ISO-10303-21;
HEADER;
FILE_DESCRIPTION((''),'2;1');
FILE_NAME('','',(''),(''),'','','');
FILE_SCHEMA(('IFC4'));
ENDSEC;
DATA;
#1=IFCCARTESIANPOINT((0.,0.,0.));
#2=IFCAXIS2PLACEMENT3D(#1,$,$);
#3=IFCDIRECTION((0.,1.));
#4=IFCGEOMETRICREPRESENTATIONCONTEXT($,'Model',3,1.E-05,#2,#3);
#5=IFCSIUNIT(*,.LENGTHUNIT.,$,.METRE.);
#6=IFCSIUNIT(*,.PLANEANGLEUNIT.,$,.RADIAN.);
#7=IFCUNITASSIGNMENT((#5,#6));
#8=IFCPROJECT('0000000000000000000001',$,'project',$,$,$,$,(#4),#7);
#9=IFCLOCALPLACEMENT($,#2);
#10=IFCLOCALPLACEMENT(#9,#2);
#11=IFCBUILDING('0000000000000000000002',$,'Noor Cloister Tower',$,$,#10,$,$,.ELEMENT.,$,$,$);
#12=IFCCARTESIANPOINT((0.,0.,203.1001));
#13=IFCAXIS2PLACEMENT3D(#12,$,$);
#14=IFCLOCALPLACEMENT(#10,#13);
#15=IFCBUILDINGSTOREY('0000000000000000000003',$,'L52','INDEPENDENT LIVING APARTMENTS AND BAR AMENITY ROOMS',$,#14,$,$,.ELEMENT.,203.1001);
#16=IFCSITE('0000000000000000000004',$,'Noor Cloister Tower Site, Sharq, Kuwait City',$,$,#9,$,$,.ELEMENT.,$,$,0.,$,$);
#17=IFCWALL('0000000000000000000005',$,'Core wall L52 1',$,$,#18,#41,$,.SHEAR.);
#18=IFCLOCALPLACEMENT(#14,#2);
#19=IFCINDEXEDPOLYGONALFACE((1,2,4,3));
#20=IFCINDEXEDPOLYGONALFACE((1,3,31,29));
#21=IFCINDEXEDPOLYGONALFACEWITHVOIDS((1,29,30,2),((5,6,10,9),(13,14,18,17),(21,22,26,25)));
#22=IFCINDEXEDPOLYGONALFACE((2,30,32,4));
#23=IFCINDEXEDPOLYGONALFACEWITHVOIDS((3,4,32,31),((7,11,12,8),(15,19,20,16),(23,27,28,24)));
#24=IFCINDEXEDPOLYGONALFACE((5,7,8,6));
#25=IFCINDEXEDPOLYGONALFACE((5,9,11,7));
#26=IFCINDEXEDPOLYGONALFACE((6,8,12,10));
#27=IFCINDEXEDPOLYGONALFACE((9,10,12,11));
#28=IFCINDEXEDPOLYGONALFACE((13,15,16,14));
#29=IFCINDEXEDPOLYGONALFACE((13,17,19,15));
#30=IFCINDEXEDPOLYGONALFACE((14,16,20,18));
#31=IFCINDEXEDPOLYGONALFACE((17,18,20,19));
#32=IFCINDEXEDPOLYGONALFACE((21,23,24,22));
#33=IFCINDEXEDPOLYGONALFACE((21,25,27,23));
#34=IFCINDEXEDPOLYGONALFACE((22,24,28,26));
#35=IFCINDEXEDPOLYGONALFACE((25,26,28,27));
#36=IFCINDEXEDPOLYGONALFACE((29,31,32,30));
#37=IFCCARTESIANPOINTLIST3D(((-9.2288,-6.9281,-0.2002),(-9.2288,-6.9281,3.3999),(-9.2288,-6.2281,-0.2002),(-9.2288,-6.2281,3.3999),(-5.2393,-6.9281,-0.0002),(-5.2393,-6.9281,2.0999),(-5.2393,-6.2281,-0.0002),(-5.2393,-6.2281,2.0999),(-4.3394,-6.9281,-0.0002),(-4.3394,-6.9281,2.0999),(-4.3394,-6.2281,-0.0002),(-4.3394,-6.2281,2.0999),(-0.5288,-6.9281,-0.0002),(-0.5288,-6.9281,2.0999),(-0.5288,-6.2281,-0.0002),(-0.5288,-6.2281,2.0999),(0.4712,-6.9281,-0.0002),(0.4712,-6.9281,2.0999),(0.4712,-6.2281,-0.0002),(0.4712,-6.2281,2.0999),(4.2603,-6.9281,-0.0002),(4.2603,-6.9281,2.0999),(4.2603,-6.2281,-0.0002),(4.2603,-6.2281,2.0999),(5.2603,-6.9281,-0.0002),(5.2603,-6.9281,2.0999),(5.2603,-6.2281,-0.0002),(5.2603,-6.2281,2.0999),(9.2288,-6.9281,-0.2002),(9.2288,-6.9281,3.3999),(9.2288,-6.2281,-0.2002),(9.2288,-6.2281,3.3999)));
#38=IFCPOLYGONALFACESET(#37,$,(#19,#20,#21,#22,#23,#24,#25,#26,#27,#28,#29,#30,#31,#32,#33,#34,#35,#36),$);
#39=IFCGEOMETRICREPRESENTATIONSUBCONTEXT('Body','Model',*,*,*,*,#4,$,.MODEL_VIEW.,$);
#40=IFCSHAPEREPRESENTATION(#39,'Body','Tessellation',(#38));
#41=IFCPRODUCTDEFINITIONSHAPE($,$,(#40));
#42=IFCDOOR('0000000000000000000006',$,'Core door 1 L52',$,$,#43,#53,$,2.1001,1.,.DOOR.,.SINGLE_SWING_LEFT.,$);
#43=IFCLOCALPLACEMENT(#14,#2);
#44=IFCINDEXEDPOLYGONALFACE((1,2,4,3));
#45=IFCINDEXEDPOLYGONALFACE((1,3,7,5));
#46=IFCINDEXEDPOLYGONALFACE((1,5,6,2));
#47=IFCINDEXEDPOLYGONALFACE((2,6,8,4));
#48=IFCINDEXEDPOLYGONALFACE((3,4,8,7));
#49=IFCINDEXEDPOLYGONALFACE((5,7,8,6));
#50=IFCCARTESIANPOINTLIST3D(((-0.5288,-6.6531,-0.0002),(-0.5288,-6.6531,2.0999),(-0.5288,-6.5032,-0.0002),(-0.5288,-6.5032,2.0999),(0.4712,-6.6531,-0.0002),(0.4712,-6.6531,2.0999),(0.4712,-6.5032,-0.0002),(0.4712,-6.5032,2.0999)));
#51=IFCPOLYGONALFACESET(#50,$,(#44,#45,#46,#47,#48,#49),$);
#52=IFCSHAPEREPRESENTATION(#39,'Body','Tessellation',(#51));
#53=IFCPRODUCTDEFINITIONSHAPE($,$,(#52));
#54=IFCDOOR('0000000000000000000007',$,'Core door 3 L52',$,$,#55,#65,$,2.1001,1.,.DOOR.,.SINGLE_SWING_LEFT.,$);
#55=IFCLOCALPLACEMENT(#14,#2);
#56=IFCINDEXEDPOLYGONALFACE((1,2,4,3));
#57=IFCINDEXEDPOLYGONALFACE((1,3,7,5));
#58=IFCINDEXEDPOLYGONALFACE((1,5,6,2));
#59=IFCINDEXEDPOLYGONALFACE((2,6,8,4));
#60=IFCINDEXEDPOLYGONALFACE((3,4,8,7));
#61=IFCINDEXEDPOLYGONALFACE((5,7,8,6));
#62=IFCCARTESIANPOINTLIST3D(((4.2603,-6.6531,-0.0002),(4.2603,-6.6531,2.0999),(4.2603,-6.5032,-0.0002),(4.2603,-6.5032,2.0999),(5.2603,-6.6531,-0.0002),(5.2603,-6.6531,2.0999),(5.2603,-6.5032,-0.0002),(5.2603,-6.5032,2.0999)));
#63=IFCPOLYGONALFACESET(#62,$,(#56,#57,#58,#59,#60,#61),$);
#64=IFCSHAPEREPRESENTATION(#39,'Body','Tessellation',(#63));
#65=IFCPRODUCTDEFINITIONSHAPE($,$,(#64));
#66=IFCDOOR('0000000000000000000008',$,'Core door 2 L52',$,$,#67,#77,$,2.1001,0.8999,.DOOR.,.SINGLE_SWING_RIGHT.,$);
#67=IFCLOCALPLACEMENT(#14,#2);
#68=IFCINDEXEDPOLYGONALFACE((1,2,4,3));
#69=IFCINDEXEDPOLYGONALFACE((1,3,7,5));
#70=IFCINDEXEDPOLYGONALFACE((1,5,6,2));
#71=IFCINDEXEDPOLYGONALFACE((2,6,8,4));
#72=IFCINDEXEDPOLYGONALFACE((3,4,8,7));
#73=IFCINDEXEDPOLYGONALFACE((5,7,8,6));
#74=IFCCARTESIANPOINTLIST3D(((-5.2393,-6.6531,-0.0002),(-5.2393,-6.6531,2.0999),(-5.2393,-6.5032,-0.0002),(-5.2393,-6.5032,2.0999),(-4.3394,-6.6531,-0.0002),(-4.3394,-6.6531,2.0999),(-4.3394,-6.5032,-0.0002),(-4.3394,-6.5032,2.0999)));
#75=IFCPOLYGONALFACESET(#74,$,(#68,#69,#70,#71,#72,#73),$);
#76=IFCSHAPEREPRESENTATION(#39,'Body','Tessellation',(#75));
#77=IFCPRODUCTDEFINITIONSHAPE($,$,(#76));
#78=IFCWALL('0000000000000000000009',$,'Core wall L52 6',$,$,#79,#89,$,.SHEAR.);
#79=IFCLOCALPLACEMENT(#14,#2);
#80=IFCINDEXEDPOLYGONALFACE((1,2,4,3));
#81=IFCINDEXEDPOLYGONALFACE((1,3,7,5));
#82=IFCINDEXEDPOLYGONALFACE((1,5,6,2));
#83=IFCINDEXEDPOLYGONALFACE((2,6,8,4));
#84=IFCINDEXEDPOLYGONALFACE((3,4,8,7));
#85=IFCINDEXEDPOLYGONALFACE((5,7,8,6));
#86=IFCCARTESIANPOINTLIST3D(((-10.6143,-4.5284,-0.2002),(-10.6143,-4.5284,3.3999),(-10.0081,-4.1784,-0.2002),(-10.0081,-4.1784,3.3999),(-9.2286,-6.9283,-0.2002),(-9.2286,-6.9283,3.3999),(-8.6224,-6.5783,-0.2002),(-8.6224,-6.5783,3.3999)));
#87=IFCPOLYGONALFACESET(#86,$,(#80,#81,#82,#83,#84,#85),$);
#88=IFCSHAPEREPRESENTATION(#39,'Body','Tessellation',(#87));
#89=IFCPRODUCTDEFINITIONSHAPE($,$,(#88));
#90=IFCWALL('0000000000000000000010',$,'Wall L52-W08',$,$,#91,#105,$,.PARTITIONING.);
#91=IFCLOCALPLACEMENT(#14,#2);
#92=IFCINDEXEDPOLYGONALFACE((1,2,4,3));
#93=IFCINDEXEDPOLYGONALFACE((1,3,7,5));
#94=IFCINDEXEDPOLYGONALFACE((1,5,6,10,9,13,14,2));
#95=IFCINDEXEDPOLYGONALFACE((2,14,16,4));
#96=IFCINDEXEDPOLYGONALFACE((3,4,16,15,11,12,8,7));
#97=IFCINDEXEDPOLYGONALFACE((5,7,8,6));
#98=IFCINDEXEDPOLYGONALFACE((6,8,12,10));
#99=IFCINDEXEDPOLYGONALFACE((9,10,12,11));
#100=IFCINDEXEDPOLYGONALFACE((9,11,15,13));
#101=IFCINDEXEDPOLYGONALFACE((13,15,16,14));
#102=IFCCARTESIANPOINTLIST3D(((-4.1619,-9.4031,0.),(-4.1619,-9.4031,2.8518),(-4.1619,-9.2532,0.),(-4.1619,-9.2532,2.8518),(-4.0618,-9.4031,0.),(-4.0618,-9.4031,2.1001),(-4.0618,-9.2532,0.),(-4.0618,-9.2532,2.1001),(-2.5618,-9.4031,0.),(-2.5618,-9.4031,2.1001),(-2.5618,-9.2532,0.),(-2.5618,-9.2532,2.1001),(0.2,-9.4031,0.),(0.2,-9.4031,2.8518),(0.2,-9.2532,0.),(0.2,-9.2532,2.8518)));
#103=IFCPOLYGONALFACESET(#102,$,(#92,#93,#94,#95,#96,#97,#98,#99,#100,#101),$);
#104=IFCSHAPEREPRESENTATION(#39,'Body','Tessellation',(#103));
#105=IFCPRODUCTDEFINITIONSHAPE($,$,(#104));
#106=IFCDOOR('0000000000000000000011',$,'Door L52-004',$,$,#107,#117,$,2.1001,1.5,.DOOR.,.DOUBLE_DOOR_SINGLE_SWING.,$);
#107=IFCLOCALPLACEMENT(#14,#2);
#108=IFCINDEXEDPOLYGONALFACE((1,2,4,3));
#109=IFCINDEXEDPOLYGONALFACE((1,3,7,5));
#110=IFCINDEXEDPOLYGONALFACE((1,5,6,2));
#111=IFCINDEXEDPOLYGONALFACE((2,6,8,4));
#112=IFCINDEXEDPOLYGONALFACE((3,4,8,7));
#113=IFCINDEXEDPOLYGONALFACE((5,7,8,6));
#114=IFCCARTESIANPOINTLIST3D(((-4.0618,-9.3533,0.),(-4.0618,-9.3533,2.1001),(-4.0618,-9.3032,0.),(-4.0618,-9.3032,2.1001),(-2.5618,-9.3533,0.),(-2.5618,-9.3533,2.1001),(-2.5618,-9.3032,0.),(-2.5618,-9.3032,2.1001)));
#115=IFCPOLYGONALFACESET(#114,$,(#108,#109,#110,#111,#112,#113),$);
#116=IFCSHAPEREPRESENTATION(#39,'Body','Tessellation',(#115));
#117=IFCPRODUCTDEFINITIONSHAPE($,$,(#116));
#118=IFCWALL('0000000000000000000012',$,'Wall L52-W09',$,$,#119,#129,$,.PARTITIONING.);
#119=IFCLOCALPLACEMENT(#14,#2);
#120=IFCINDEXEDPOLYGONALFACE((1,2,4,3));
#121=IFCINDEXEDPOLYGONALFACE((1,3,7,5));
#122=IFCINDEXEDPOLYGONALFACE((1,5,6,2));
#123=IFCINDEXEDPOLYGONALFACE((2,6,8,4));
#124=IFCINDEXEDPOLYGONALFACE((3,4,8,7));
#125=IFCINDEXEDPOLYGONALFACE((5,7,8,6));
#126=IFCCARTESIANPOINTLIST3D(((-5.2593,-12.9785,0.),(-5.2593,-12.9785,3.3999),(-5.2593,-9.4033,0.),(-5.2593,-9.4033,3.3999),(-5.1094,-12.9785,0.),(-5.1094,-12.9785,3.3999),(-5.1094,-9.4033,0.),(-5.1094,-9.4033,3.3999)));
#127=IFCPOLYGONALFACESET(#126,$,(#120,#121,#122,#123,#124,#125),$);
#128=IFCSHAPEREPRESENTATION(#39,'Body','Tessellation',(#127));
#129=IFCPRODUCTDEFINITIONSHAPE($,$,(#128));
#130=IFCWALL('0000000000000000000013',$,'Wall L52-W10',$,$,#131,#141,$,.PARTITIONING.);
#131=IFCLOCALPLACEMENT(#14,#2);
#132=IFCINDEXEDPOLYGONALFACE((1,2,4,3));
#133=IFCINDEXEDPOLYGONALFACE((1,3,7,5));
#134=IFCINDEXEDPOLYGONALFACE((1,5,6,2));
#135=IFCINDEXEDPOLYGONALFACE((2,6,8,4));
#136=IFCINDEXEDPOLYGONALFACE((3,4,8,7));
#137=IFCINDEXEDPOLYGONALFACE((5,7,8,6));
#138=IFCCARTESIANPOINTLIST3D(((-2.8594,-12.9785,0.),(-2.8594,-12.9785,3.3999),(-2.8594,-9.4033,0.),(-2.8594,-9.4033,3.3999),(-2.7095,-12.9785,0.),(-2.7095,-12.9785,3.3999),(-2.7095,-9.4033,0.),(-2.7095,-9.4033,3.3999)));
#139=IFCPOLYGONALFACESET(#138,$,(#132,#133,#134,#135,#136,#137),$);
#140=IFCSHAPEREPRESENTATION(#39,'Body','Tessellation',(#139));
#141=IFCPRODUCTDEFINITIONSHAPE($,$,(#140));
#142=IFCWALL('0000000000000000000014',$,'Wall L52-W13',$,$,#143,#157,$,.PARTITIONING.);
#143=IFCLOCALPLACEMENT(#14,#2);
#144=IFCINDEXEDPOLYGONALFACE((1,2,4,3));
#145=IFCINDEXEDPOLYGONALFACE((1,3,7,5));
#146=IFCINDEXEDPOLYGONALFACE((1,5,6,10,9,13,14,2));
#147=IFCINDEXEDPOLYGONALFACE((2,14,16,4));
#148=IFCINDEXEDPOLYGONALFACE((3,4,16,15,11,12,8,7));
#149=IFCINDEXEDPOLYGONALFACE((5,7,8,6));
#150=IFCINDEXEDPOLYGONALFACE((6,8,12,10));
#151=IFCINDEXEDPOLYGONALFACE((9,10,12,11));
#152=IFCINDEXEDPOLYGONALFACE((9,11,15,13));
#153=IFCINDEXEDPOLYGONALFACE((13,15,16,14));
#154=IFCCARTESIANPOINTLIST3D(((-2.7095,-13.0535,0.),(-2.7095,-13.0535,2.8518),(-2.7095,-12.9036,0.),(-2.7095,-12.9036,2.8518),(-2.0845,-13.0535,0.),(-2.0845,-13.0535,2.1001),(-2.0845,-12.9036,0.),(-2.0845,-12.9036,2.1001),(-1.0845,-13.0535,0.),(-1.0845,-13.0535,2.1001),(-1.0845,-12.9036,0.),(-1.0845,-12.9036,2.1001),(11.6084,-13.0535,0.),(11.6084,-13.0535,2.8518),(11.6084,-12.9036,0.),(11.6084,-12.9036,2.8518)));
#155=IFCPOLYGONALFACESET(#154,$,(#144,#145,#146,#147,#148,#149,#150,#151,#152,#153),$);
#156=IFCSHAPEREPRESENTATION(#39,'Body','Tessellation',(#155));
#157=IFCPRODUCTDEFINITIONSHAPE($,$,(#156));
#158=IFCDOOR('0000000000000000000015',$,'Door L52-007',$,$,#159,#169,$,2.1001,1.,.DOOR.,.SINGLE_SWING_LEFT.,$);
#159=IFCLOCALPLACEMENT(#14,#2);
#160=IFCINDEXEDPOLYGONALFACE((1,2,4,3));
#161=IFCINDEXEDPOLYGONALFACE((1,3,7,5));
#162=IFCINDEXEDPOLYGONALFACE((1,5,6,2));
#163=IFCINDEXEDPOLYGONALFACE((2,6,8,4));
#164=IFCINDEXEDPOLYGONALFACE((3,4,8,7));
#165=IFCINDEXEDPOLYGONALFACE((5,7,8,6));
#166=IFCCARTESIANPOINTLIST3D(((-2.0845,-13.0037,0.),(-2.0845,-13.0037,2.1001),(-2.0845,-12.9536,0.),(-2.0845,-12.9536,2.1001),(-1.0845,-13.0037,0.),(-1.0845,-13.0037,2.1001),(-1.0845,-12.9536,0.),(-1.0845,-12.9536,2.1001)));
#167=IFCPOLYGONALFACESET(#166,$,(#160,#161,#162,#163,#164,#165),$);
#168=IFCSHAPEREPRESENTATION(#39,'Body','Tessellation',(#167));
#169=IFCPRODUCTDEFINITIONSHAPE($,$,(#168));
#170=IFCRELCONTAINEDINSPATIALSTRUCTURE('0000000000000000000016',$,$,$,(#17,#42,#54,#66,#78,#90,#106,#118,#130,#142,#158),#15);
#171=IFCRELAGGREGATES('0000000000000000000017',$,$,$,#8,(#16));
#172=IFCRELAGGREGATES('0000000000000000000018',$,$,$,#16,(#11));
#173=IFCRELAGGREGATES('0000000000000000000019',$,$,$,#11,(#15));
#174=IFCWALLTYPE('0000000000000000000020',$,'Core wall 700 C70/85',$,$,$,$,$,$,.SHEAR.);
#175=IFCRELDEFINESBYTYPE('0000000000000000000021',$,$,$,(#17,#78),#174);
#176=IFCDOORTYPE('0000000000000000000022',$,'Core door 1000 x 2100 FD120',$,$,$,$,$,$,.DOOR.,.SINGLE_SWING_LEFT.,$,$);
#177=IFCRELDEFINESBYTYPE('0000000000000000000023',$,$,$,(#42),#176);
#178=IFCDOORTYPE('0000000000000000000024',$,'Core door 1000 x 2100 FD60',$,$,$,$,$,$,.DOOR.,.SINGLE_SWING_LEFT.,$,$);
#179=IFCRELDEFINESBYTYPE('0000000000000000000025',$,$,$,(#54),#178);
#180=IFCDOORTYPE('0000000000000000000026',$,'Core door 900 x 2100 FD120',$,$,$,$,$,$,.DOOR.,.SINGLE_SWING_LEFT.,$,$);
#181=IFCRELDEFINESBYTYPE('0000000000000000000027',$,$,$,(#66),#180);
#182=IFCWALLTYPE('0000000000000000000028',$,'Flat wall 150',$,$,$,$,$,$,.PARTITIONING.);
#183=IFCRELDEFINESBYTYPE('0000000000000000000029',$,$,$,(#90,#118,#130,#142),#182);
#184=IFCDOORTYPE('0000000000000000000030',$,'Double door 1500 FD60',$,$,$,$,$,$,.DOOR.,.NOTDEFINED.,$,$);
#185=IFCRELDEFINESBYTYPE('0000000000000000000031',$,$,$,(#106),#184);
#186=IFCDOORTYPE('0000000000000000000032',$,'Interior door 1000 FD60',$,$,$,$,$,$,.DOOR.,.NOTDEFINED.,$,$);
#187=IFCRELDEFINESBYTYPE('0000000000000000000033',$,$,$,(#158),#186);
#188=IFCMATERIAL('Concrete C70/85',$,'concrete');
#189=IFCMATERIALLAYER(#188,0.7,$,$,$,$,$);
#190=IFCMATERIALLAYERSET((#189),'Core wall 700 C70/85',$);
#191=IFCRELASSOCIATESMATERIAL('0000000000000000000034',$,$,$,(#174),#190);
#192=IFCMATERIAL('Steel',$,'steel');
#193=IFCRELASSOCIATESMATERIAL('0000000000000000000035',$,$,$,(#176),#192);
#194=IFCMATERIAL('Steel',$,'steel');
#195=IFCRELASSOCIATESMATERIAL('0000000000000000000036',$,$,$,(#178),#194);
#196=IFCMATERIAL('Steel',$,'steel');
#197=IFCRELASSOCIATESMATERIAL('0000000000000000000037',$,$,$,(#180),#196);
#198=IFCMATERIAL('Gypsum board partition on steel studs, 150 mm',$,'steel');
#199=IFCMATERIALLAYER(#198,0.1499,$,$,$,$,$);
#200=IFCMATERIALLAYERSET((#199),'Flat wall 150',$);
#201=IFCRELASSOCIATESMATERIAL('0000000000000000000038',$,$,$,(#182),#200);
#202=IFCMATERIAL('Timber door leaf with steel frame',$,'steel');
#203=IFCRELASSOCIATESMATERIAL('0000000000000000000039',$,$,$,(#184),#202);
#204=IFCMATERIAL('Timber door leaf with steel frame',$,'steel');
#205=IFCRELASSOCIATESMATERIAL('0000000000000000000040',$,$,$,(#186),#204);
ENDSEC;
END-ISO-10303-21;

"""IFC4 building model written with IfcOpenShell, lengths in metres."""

from ifc_helpers import new_model, si_unit, direction, frame, frame_2d, origin, place, context, subcontext, project, spatial, rectangle, extrude, material, layer, layer_set, type_object, element, fill, save


model = new_model("IFC4")

# Units and contexts
model_context = context("Model", 3, precision=1e-05, world=origin(), true_north=direction((0.0, 1.0)))
body_context = subcontext(model_context, "Body", "Model", "MODEL_VIEW")
ifc_project = project(units=[si_unit("LENGTHUNIT", "METRE"), si_unit("PLANEANGLEUNIT", "RADIAN")], contexts=[model_context])

# Site, building, storey
site_placement = place(None, origin())
site = spatial("IfcSite", under=ifc_project, at=site_placement, Name="Noor Cloister Tower Site, Sharq, Kuwait City", CompositionType="ELEMENT", RefElevation=0.0)
building_placement = place(site_placement, origin())
building = spatial("IfcBuilding", under=site, at=building_placement, Name="Noor Cloister Tower", CompositionType="ELEMENT")
storey_placement = place(building_placement, frame((0.0, 0.0, 203.1001)))
storey = spatial("IfcBuildingStorey", under=building, at=storey_placement, Name="L52", Description="INDEPENDENT LIVING APARTMENTS AND BAR AMENITY ROOMS", CompositionType="ELEMENT", Elevation=203.1001)

# Wall, openings, doors
ifc_material_1 = material(Name="Concrete C70/85", Category="concrete")
ifc_layer_1 = layer(ifc_material_1, 0.7)
ifc_layer_set_1 = layer_set([ifc_layer_1], Name="Core wall 700 C70/85")
wall_type_1 = type_object("IfcWallType", Name="Core wall 700 C70/85", PredefinedType="SHEAR", material=ifc_layer_set_1)
wall_1_placement = place(storey_placement, frame((-9.2288, -6.5781, -0.2002), z_axis=(0.0, 0.0, 1.0), x_axis=(1.0, 0.0, 0.0)))
wall_1 = element("IfcWall", 1, at=wall_1_placement, inside=storey, type_object=wall_type_1, Name="Core wall L52 1", PredefinedType="SHEAR", context=body_context, shape_type="SweptSolid", body=[
    extrude(rectangle(XDim=18.4575, YDim=0.7, at=frame_2d((9.2288, 0.0))), origin(), (0.0, 0.0, 1.0), 3.6001),
])
opening_1_placement = place(wall_1_placement, frame((8.7, 0.0, 0.2)))
opening_1 = element("IfcOpeningElement", 2, at=opening_1_placement, cuts=wall_1, PredefinedType="OPENING", context=body_context, shape_type="SweptSolid", body=[
    extrude(rectangle(XDim=1.0, YDim=2.1001, at=frame_2d((0.5, 1.05))), frame((0.0, 0.3599, 0.0), z_axis=(0.0, -1.0, 0.0), x_axis=(1.0, 0.0, 0.0)), (0.0, 0.0, 1.0), 0.72),
])
opening_2_placement = place(wall_1_placement, frame((3.9895, 0.0, 0.2)))
opening_2 = element("IfcOpeningElement", 3, at=opening_2_placement, cuts=wall_1, PredefinedType="OPENING", context=body_context, shape_type="SweptSolid", body=[
    extrude(rectangle(XDim=0.8999, YDim=2.1001, at=frame_2d((0.45, 1.05))), frame((0.0, 0.3599, 0.0), z_axis=(0.0, -1.0, 0.0), x_axis=(1.0, 0.0, 0.0)), (0.0, 0.0, 1.0), 0.72),
])
opening_3_placement = place(wall_1_placement, frame((13.489, 0.0, 0.2)))
opening_3 = element("IfcOpeningElement", 4, at=opening_3_placement, cuts=wall_1, PredefinedType="OPENING", context=body_context, shape_type="SweptSolid", body=[
    extrude(rectangle(XDim=1.0, YDim=2.1001, at=frame_2d((0.5, 1.05))), frame((0.0, 0.3599, 0.0), z_axis=(0.0, -1.0, 0.0), x_axis=(1.0, 0.0, 0.0)), (0.0, 0.0, 1.0), 0.72),
])
ifc_material_2 = material(Name="Steel", Category="steel")
door_type_1 = type_object("IfcDoorType", Name="Core door 1000 x 2100 FD120", OperationType="SINGLE_SWING_LEFT", PredefinedType="DOOR", material=ifc_material_2)
door_1_placement = place(opening_1_placement, origin())
door_1 = element("IfcDoor", 5, at=door_1_placement, inside=storey, type_object=door_type_1, Name="Core door 1 L52", OperationType="SINGLE_SWING_LEFT", OverallHeight=2.1001, OverallWidth=1.0, PredefinedType="DOOR", context=body_context, shape_type="SweptSolid", body=[
    extrude(rectangle(XDim=1.0, YDim=2.1001, at=frame_2d((0.5, 1.05))), frame((0.0, 0.075, 0.0), z_axis=(0.0, -1.0, 0.0), x_axis=(1.0, 0.0, 0.0)), (0.0, 0.0, 1.0), 0.1499),
])
fill(opening_1, door_1)
ifc_material_3 = material(Name="Steel", Category="steel")
door_type_2 = type_object("IfcDoorType", Name="Core door 1000 x 2100 FD60", OperationType="SINGLE_SWING_LEFT", PredefinedType="DOOR", material=ifc_material_3)
door_2_placement = place(opening_3_placement, origin())
door_2 = element("IfcDoor", 6, at=door_2_placement, inside=storey, type_object=door_type_2, Name="Core door 3 L52", OperationType="SINGLE_SWING_LEFT", OverallHeight=2.1001, OverallWidth=1.0, PredefinedType="DOOR", context=body_context, shape_type="SweptSolid", body=[
    extrude(rectangle(XDim=1.0, YDim=2.1001, at=frame_2d((0.5, 1.05))), frame((0.0, 0.075, 0.0), z_axis=(0.0, -1.0, 0.0), x_axis=(1.0, 0.0, 0.0)), (0.0, 0.0, 1.0), 0.1499),
])
fill(opening_3, door_2)
ifc_material_4 = material(Name="Steel", Category="steel")
door_type_3 = type_object("IfcDoorType", Name="Core door 900 x 2100 FD120", OperationType="SINGLE_SWING_LEFT", PredefinedType="DOOR", material=ifc_material_4)
door_3_placement = place(opening_2_placement, origin())
door_3 = element("IfcDoor", 7, at=door_3_placement, inside=storey, type_object=door_type_3, Name="Core door 2 L52", OperationType="SINGLE_SWING_RIGHT", OverallHeight=2.1001, OverallWidth=0.8999, PredefinedType="DOOR", context=body_context, shape_type="SweptSolid", body=[
    extrude(rectangle(XDim=0.8999, YDim=2.1001, at=frame_2d((0.45, 1.05))), frame((0.0, 0.075, 0.0), z_axis=(0.0, -1.0, 0.0), x_axis=(1.0, 0.0, 0.0)), (0.0, 0.0, 1.0), 0.1499),
])
fill(opening_2, door_3)

# Wall
wall_2_placement = place(storey_placement, frame((-10.3113, -4.3533, -0.2002), z_axis=(0.0, 0.0, 1.0), x_axis=(0.500043, -0.866001, 0.0)))
element("IfcWall", 8, at=wall_2_placement, inside=storey, type_object=wall_type_1, Name="Core wall L52 6", PredefinedType="SHEAR", context=body_context, shape_type="SweptSolid", body=[
    extrude(rectangle(XDim=2.7712, YDim=0.7, at=frame_2d((1.3857, 0.0))), origin(), (0.0, 0.0, 1.0), 3.6001),
])

# Wall, opening, door
ifc_material_5 = material(Name="Gypsum board partition on steel studs, 150 mm", Category="steel")
ifc_layer_2 = layer(ifc_material_5, 0.1499)
ifc_layer_set_2 = layer_set([ifc_layer_2], Name="Flat wall 150")
wall_type_2 = type_object("IfcWallType", Name="Flat wall 150", PredefinedType="PARTITIONING", material=ifc_layer_set_2)
wall_3_placement = place(storey_placement, frame((-4.1619, -9.3281, 0.0), z_axis=(0.0, 0.0, 1.0), x_axis=(1.0, 0.0, 0.0)))
wall_3 = element("IfcWall", 9, at=wall_3_placement, inside=storey, type_object=wall_type_2, Name="Wall L52-W08", PredefinedType="PARTITIONING", context=body_context, shape_type="SweptSolid", body=[
    extrude(rectangle(XDim=4.3618, YDim=0.1499, at=frame_2d((2.1809, 0.0))), origin(), (0.0, 0.0, 1.0), 2.8518),
])
opening_4_placement = place(wall_3_placement, frame((0.1001, 0.0, 0.0)))
opening_4 = element("IfcOpeningElement", 10, at=opening_4_placement, cuts=wall_3, PredefinedType="OPENING", context=body_context, shape_type="SweptSolid", body=[
    extrude(rectangle(XDim=1.5, YDim=2.1001, at=frame_2d((0.75, 1.05))), frame((0.0, 0.085, 0.0), z_axis=(0.0, -1.0, 0.0), x_axis=(1.0, 0.0, 0.0)), (0.0, 0.0, 1.0), 0.1699),
])
ifc_material_6 = material(Name="Timber door leaf with steel frame", Category="steel")
door_type_4 = type_object("IfcDoorType", Name="Double door 1500 FD60", OperationType="NOTDEFINED", PredefinedType="DOOR", material=ifc_material_6)
door_4_placement = place(opening_4_placement, origin())
door_4 = element("IfcDoor", 11, at=door_4_placement, inside=storey, type_object=door_type_4, Name="Door L52-004", OperationType="DOUBLE_DOOR_SINGLE_SWING", OverallHeight=2.1001, OverallWidth=1.5, PredefinedType="DOOR", context=body_context, shape_type="SweptSolid", body=[
    extrude(rectangle(XDim=1.5, YDim=2.1001, at=frame_2d((0.75, 1.05))), frame((0.0, 0.0249, 0.0), z_axis=(0.0, -1.0, 0.0), x_axis=(1.0, 0.0, 0.0)), (0.0, 0.0, 1.0), 0.05),
])
fill(opening_4, door_4)

# Walls
for number, where, z_axis, x_axis, name in (
    (12, (-5.1843, -9.4033, 0.0), (0.0, 0.0, 1.0), (0.0, -1.0, 0.0), "Wall L52-W09"),
    (13, (-2.7844, -9.4033, 0.0), (0.0, 0.0, 1.0), (0.0, -1.0, 0.0), "Wall L52-W10"),
):
    element("IfcWall", number, at=place(storey_placement, frame(where, z_axis=z_axis, x_axis=x_axis)), inside=storey, type_object=wall_type_2, Name=name, PredefinedType="PARTITIONING", context=body_context, shape_type="SweptSolid", body=[
        extrude(rectangle(XDim=3.5752, YDim=0.1499, at=frame_2d((1.7876, 0.0))), origin(), (0.0, 0.0, 1.0), 3.3999),
    ])

# Wall, opening, door
wall_4_placement = place(storey_placement, frame((-2.7095, -12.9785, 0.0), z_axis=(0.0, 0.0, 1.0), x_axis=(1.0, 0.0, 0.0)))
wall_4 = element("IfcWall", 14, at=wall_4_placement, inside=storey, type_object=wall_type_2, Name="Wall L52-W13", PredefinedType="PARTITIONING", context=body_context, shape_type="SweptSolid", body=[
    extrude(rectangle(XDim=14.3179, YDim=0.1499, at=frame_2d((7.1589, 0.0))), origin(), (0.0, 0.0, 1.0), 2.8518),
])
opening_5_placement = place(wall_4_placement, frame((0.625, 0.0, 0.0)))
opening_5 = element("IfcOpeningElement", 15, at=opening_5_placement, cuts=wall_4, PredefinedType="OPENING", context=body_context, shape_type="SweptSolid", body=[
    extrude(rectangle(XDim=1.0, YDim=2.1001, at=frame_2d((0.5, 1.05))), frame((0.0, 0.085, 0.0), z_axis=(0.0, -1.0, 0.0), x_axis=(1.0, 0.0, 0.0)), (0.0, 0.0, 1.0), 0.1699),
])
ifc_material_7 = material(Name="Timber door leaf with steel frame", Category="steel")
door_type_5 = type_object("IfcDoorType", Name="Interior door 1000 FD60", OperationType="NOTDEFINED", PredefinedType="DOOR", material=ifc_material_7)
door_5_placement = place(opening_5_placement, origin())
door_5 = element("IfcDoor", 16, at=door_5_placement, inside=storey, type_object=door_type_5, Name="Door L52-007", OperationType="SINGLE_SWING_LEFT", OverallHeight=2.1001, OverallWidth=1.0, PredefinedType="DOOR", context=body_context, shape_type="SweptSolid", body=[
    extrude(rectangle(XDim=1.0, YDim=2.1001, at=frame_2d((0.5, 1.05))), frame((0.0, 0.0249, 0.0), z_axis=(0.0, -1.0, 0.0), x_axis=(1.0, 0.0, 0.0)), (0.0, 0.0, 1.0), 0.05),
])
fill(opening_5, door_5)

save(model, "model.ifc")
